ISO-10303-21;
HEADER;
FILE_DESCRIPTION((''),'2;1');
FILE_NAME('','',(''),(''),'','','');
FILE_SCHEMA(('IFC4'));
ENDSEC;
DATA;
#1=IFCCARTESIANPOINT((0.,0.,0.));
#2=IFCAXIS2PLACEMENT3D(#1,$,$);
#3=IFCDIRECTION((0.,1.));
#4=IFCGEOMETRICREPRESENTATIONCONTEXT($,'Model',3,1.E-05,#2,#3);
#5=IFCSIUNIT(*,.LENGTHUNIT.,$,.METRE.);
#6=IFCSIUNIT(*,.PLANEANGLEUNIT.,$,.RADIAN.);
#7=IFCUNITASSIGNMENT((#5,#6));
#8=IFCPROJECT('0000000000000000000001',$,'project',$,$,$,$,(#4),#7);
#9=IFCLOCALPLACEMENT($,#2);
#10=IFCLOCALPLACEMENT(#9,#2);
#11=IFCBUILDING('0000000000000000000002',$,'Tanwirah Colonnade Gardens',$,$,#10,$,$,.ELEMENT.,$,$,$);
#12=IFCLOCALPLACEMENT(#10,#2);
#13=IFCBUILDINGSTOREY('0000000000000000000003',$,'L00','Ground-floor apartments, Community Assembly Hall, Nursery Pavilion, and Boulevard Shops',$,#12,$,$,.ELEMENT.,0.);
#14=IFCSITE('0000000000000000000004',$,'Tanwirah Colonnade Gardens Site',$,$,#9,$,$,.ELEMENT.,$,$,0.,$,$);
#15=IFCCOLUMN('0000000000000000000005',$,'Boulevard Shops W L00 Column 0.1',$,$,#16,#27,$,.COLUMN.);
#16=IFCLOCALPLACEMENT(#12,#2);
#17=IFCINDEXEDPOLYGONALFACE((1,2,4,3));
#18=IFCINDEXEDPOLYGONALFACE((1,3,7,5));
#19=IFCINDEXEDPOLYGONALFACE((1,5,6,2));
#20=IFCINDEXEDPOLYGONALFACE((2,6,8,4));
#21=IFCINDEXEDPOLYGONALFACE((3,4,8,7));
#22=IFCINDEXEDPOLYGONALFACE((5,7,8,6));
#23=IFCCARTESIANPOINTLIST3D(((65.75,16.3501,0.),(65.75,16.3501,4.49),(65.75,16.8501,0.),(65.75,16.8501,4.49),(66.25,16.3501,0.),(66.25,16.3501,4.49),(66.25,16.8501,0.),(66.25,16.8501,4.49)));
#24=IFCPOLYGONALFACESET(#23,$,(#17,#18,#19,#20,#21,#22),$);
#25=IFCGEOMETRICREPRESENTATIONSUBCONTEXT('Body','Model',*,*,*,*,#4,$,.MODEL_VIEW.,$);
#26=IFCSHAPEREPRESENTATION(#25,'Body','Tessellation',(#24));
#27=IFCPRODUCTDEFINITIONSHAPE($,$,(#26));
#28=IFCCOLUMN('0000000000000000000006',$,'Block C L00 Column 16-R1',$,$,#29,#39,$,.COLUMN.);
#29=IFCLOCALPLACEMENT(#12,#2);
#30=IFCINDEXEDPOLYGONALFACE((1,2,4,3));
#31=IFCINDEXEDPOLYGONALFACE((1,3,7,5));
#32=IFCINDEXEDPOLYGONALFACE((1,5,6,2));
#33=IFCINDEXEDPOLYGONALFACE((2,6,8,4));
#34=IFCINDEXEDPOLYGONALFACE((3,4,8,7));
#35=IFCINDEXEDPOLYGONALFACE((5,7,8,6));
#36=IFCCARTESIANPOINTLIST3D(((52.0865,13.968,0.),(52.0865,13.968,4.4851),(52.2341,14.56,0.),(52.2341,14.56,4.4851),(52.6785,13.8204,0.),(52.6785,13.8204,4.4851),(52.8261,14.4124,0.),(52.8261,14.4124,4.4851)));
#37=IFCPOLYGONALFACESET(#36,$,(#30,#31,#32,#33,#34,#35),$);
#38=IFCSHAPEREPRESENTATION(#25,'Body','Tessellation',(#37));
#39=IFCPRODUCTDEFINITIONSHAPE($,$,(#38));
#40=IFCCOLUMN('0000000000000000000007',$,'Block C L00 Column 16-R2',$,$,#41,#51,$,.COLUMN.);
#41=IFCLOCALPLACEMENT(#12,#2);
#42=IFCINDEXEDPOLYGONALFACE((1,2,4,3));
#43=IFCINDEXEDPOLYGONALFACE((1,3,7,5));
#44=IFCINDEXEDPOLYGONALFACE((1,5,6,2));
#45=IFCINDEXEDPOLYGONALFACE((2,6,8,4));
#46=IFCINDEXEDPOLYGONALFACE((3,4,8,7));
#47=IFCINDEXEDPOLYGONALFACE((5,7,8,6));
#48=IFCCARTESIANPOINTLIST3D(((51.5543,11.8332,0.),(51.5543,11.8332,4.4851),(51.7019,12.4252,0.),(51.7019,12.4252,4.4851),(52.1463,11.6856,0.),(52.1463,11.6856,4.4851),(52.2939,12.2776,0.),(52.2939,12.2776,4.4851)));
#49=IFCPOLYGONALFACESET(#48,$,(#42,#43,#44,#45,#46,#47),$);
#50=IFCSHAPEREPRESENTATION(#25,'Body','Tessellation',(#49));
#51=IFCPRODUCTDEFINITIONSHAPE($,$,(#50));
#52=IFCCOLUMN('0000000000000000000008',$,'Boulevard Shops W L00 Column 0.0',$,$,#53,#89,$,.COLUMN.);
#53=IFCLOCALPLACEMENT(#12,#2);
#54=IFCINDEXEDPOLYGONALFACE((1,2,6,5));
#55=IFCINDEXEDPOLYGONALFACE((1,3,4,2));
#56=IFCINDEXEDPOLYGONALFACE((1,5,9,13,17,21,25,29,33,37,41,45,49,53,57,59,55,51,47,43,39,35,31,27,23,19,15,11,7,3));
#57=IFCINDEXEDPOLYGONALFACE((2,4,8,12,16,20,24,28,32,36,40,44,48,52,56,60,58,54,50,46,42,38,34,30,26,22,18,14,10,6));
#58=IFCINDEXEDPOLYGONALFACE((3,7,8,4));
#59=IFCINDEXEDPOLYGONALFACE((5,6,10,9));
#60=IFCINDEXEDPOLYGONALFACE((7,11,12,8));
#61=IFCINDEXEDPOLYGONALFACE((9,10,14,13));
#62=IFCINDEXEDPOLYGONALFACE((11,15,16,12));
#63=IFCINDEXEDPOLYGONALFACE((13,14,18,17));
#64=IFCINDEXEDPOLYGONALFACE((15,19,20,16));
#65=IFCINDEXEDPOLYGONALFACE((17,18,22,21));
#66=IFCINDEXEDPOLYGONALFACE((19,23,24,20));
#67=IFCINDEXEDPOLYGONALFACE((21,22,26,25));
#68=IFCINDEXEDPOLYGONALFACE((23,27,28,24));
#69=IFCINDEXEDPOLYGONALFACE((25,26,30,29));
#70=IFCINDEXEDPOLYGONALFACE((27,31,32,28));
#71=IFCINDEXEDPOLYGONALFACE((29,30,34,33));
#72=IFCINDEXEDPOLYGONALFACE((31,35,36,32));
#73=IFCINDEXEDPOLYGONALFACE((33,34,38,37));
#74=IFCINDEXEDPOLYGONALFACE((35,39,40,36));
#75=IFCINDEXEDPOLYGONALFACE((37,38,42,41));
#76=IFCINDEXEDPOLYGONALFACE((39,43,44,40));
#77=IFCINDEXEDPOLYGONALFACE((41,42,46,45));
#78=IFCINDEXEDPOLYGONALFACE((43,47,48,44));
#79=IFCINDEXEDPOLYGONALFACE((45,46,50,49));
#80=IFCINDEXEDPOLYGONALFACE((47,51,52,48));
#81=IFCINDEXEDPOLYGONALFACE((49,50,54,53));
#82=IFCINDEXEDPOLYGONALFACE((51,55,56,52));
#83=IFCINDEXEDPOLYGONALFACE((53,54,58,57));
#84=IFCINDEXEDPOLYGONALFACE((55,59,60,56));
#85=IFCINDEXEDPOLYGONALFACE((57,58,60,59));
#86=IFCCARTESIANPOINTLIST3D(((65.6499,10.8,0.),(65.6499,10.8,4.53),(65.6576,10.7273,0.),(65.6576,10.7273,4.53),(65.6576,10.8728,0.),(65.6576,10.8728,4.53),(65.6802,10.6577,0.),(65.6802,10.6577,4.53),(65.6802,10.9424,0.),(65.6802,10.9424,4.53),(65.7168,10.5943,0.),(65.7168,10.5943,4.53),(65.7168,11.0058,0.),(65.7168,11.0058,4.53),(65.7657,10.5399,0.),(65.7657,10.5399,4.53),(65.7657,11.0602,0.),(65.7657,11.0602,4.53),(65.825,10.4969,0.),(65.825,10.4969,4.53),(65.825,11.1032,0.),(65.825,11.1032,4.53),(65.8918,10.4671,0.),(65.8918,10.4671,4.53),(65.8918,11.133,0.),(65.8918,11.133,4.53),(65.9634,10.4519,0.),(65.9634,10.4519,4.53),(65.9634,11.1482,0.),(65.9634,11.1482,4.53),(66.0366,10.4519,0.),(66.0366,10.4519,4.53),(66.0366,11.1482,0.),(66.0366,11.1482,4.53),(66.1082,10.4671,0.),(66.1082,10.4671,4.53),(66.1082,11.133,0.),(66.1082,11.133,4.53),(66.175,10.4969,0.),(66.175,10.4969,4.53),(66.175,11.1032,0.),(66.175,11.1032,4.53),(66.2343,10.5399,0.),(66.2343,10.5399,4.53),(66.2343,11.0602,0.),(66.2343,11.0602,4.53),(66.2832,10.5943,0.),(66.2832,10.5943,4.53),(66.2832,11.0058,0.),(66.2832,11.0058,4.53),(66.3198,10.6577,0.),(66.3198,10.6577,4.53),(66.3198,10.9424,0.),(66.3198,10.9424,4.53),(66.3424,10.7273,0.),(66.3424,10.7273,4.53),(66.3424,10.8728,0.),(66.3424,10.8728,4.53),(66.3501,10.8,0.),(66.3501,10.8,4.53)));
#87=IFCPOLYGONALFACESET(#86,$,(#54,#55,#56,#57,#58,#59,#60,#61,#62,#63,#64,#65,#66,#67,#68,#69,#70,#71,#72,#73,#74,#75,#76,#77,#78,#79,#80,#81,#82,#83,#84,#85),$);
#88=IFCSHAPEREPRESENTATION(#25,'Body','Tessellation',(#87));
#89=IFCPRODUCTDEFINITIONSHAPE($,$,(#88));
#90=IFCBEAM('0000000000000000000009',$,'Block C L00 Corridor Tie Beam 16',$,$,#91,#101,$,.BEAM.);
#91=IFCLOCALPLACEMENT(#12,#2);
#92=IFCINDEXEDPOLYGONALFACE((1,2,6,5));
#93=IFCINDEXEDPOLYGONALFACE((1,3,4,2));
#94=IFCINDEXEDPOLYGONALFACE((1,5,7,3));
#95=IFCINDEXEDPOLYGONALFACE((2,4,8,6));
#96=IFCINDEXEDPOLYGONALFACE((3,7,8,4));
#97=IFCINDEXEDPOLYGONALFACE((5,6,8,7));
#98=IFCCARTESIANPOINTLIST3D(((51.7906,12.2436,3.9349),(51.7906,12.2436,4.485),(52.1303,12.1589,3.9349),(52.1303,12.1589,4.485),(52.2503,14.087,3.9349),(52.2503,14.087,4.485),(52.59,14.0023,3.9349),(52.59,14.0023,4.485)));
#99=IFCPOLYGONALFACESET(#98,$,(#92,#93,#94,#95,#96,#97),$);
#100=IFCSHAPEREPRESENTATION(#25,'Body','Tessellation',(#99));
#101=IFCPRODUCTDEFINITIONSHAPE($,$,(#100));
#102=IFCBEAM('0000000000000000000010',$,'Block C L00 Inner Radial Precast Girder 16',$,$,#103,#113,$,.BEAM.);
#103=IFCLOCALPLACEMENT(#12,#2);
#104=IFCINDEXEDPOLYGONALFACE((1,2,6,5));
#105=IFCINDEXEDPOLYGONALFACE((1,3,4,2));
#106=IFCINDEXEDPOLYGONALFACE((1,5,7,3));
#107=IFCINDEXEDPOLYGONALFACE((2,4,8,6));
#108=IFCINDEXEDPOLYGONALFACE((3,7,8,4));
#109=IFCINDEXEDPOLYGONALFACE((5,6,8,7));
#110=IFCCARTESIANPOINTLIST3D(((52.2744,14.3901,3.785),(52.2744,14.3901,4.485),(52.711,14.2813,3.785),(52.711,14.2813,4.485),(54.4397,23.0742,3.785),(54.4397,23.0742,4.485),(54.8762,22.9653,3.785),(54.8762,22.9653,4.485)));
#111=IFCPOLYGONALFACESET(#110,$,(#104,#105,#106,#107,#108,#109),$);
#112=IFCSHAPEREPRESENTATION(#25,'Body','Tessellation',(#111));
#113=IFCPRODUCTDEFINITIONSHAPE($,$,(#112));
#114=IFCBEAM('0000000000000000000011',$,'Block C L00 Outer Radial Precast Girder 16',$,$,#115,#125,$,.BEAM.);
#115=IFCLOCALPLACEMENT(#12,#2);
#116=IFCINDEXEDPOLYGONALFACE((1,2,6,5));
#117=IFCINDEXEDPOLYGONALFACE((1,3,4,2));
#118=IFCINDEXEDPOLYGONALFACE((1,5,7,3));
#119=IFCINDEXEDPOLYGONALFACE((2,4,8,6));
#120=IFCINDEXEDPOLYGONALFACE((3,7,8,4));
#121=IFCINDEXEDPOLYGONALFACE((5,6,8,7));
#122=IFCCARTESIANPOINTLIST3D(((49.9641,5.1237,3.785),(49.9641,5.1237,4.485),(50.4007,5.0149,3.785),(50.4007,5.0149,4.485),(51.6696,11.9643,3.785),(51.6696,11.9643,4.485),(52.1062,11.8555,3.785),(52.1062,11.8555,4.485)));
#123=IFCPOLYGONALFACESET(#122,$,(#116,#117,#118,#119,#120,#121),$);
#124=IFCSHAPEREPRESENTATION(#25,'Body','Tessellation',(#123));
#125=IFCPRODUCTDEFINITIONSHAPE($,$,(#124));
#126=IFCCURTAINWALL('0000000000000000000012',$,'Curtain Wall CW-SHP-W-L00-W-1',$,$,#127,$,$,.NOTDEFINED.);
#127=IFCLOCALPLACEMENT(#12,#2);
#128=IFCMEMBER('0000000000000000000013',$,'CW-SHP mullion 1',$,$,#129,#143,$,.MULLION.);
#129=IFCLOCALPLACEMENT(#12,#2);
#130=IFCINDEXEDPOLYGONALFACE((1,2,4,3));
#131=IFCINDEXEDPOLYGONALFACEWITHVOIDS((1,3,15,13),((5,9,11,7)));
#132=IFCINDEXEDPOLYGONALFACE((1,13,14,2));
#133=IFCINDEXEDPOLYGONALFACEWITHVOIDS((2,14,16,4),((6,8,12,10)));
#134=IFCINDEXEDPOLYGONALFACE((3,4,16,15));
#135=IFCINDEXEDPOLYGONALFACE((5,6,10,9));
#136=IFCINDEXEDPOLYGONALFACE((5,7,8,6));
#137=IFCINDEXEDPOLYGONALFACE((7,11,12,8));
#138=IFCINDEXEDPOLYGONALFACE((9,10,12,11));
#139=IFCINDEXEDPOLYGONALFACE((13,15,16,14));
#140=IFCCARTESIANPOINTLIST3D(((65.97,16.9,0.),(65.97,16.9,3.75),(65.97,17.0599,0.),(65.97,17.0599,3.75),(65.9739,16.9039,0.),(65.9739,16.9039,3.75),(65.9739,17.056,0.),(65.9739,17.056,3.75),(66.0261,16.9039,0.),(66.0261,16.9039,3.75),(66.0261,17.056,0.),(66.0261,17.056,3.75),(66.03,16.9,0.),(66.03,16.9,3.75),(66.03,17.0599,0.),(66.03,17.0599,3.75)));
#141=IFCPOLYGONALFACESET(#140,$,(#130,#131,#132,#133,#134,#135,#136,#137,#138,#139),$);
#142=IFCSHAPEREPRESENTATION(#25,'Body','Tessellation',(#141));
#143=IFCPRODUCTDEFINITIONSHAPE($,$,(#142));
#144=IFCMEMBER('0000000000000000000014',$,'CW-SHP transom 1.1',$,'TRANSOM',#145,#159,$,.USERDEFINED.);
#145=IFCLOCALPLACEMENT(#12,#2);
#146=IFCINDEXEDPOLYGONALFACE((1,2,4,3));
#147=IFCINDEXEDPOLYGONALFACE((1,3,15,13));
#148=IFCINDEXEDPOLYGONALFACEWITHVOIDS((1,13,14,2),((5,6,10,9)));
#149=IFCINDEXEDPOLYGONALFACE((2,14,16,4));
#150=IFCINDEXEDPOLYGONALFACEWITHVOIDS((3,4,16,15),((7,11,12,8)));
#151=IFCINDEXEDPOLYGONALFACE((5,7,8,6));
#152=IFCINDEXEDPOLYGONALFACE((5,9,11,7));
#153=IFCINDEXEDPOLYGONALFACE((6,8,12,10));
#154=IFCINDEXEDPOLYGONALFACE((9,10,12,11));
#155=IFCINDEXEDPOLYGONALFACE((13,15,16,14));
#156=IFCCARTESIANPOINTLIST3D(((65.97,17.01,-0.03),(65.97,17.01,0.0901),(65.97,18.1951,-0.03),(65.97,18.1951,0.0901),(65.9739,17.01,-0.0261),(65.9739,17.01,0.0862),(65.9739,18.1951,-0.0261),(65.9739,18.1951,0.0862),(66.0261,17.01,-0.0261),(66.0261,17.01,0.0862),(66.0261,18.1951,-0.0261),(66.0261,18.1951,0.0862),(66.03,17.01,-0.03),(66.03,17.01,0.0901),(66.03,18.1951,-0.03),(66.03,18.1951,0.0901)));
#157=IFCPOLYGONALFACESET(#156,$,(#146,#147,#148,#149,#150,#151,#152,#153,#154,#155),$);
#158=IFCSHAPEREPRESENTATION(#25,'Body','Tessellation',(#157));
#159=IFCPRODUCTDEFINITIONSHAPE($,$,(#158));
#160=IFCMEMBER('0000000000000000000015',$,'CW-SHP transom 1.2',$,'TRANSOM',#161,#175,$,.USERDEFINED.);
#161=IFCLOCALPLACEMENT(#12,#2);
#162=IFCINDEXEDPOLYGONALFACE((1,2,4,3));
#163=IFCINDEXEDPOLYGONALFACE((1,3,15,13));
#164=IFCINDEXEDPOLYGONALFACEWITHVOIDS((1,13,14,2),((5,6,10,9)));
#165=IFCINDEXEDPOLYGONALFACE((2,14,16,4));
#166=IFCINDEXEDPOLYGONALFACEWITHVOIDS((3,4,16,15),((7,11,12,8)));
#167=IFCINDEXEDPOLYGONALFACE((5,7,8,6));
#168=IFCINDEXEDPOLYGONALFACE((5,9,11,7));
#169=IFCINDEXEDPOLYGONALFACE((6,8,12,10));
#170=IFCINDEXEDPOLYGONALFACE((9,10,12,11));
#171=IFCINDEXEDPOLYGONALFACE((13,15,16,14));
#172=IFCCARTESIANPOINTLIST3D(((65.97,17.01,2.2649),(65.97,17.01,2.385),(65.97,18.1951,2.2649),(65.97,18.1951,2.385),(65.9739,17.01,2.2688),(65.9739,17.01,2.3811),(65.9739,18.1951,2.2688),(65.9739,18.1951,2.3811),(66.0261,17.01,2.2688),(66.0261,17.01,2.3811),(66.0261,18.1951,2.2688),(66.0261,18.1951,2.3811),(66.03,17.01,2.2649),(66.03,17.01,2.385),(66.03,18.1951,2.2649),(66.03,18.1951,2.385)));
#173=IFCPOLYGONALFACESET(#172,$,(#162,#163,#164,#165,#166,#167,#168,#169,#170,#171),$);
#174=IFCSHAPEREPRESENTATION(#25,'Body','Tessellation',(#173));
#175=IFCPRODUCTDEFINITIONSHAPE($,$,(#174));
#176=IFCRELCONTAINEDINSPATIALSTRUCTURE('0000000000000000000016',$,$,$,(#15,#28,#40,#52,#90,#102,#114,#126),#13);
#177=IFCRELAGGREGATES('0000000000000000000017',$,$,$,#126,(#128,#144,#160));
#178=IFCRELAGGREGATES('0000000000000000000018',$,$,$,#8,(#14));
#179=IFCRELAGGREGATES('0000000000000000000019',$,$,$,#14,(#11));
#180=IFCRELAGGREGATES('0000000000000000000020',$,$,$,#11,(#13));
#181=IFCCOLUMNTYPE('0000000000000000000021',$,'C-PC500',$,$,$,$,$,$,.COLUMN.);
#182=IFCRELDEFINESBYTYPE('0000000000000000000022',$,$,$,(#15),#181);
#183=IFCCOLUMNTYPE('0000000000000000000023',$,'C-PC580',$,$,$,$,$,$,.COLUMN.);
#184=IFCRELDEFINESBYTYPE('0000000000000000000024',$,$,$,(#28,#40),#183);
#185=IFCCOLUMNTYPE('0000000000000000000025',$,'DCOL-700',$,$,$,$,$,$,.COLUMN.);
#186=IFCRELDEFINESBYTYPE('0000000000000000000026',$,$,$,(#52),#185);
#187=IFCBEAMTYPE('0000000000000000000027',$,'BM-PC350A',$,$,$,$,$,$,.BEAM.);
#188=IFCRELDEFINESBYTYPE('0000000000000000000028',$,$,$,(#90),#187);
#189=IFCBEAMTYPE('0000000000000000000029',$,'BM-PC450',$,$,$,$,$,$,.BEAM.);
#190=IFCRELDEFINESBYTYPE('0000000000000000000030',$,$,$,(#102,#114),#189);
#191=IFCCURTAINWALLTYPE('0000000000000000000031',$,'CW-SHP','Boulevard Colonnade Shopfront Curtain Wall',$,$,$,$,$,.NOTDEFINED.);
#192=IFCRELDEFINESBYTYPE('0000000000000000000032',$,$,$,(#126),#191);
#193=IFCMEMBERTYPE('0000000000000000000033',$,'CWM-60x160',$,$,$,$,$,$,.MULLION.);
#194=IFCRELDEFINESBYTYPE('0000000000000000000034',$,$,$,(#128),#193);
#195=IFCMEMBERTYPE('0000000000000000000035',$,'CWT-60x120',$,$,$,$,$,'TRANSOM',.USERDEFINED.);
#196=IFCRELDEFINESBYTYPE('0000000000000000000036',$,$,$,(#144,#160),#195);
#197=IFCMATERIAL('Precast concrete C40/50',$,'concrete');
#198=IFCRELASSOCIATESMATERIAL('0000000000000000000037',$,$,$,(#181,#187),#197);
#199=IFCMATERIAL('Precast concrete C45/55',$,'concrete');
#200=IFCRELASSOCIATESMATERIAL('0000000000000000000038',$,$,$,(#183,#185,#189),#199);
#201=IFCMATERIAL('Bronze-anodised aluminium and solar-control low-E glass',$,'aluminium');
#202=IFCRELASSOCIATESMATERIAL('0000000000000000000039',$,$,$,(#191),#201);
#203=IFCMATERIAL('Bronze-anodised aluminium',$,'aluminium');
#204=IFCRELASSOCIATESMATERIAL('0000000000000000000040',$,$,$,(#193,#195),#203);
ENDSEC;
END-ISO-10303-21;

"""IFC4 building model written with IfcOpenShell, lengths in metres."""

from ifc_helpers import new_model, si_unit, direction, frame, origin, origin_2d, place, context, subcontext, project, spatial, rectangle, hollow_rectangle, circle, extrude, material, material_profile, profile_set, type_object, element, aggregate, save


model = new_model("IFC4")

# Units and contexts
model_context = context("Model", 3, precision=1e-05, world=origin(), true_north=direction((0.0, 1.0)))
body_context = subcontext(model_context, "Body", "Model", "MODEL_VIEW")
ifc_project = project(units=[si_unit("LENGTHUNIT", "METRE"), si_unit("PLANEANGLEUNIT", "RADIAN")], contexts=[model_context])

# Site, building, storey
site_placement = place(None, origin())
site = spatial("IfcSite", under=ifc_project, at=site_placement, Name="Tanwirah Colonnade Gardens Site", CompositionType="ELEMENT", RefElevation=0.0)
building_placement = place(site_placement, origin())
building = spatial("IfcBuilding", under=site, at=building_placement, Name="Tanwirah Colonnade Gardens", CompositionType="ELEMENT")
storey_placement = place(building_placement, origin())
storey = spatial("IfcBuildingStorey", under=building, at=storey_placement, Name="L00", Description="Ground-floor apartments, Community Assembly Hall, Nursery Pavilion, and Boulevard Shops", CompositionType="ELEMENT", Elevation=0.0)

# Columns
ifc_material_1 = material(Name="Precast concrete C40/50", Category="concrete")
ifc_material_profile_1 = material_profile(ifc_material_1, rectangle(XDim=0.5, YDim=0.5, at=origin_2d()), Name="PC-COL 500x500")
ifc_profile_set_1 = profile_set([ifc_material_profile_1], Name="Precast concrete C40/50")
column_type_1 = type_object("IfcColumnType", Name="C-PC500", PredefinedType="COLUMN", material=ifc_profile_set_1)
column_1_placement = place(storey_placement, frame((66.0, 16.6001, 0.0), z_axis=(0.0, 0.0, 1.0), x_axis=(1.0, 0.0, 0.0)))
element("IfcColumn", 1, at=column_1_placement, inside=storey, type_object=column_type_1, Name="Boulevard Shops W L00 Column 0.1", PredefinedType="COLUMN", context=body_context, shape_type="SweptSolid", body=[
    extrude(rectangle(XDim=0.5, YDim=0.5, at=origin_2d()), origin(), (0.0, 0.0, 1.0), 4.49),
])
ifc_material_2 = material(Name="Precast concrete C45/55", Category="concrete")
ifc_material_profile_2 = material_profile(ifc_material_2, rectangle(XDim=0.6101, YDim=0.6101, at=origin_2d()), Name="PC-COL 610x610")
ifc_profile_set_2 = profile_set([ifc_material_profile_2], Name="Precast concrete C45/55")
column_type_2 = type_object("IfcColumnType", Name="C-PC580", PredefinedType="COLUMN", material=ifc_profile_set_2)
for number, where, z_axis, x_axis, name in (
    (2, (52.4563, 14.1902, 0.0), (0.0, 0.0, 1.0), (-0.241922, -0.970296, 0.0), "Block C L00 Column 16-R1"),
    (3, (51.9241, 12.0554, 0.0), (0.0, 0.0, 1.0), (-0.241922, -0.970296, 0.0), "Block C L00 Column 16-R2"),
):
    element("IfcColumn", number, at=place(storey_placement, frame(where, z_axis=z_axis, x_axis=x_axis)), inside=storey, type_object=column_type_2, Name=name, PredefinedType="COLUMN", context=body_context, shape_type="SweptSolid", body=[
        extrude(rectangle(XDim=0.6101, YDim=0.6101, at=origin_2d()), origin(), (0.0, 0.0, 1.0), 4.4851),
    ])
ifc_material_profile_3 = material_profile(ifc_material_2, circle(Radius=0.3501, at=origin_2d()), Name="PC-DCOL D700")
ifc_profile_set_3 = profile_set([ifc_material_profile_3], Name="Precast concrete C45/55")
column_type_3 = type_object("IfcColumnType", Name="DCOL-700", PredefinedType="COLUMN", material=ifc_profile_set_3)
column_2_placement = place(storey_placement, frame((66.0, 10.8, 0.0), z_axis=(0.0, 0.0, 1.0), x_axis=(1.0, 0.0, 0.0)))
element("IfcColumn", 4, at=column_2_placement, inside=storey, type_object=column_type_3, Name="Boulevard Shops W L00 Column 0.0", PredefinedType="COLUMN", context=body_context, shape_type="SweptSolid", body=[
    extrude(circle(Radius=0.3501, at=origin_2d()), origin(), (0.0, 0.0, 1.0), 4.53),
])

# Beams
ifc_material_profile_4 = material_profile(ifc_material_1, rectangle(XDim=0.3501, YDim=0.55, at=origin_2d()), Name="PC-BM 350x550")
ifc_profile_set_4 = profile_set([ifc_material_profile_4], Name="Precast concrete C40/50")
beam_type_1 = type_object("IfcBeamType", Name="BM-PC350A", PredefinedType="BEAM", material=ifc_profile_set_4)
beam_1_placement = place(storey_placement, frame((52.4202, 14.0447, 4.21), z_axis=(-0.241961, -0.970286, 0.0), x_axis=(0.970286, -0.241961, 0.0)))
element("IfcBeam", 5, at=beam_1_placement, inside=storey, type_object=beam_type_1, Name="Block C L00 Corridor Tie Beam 16", PredefinedType="BEAM", context=body_context, shape_type="SweptSolid", body=[
    extrude(rectangle(XDim=0.3501, YDim=0.55, at=origin_2d()), origin(), (0.0, 0.0, 1.0), 1.8999),
])
ifc_material_profile_5 = material_profile(ifc_material_2, rectangle(XDim=0.45, YDim=0.7, at=origin_2d()), Name="PC-BM 450x700")
ifc_profile_set_5 = profile_set([ifc_material_profile_5], Name="Precast concrete C45/55")
beam_type_2 = type_object("IfcBeamType", Name="BM-PC450", PredefinedType="BEAM", material=ifc_profile_set_5)
beam_2_placement = place(storey_placement, frame((52.4927, 14.3357, 4.135), z_axis=(0.241932, 0.970293, 0.0), x_axis=(-0.970293, 0.241932, 0.0)))
element("IfcBeam", 6, at=beam_2_placement, inside=storey, type_object=beam_type_2, Name="Block C L00 Inner Radial Precast Girder 16", PredefinedType="BEAM", context=body_context, shape_type="SweptSolid", body=[
    extrude(rectangle(XDim=0.45, YDim=0.7, at=origin_2d()), origin(), (0.0, 0.0, 1.0), 8.95),
])
beam_3_placement = place(storey_placement, frame((51.8879, 11.9099, 4.135), z_axis=(-0.241924, -0.970295, 0.0), x_axis=(0.970295, -0.241924, 0.0)))
element("IfcBeam", 7, at=beam_3_placement, inside=storey, type_object=beam_type_2, Name="Block C L00 Outer Radial Precast Girder 16", PredefinedType="BEAM", context=body_context, shape_type="SweptSolid", body=[
    extrude(rectangle(XDim=0.45, YDim=0.7, at=origin_2d()), origin(), (0.0, 0.0, 1.0), 7.05),
])

# Curtain wall, members
ifc_material_3 = material(Name="Bronze-anodised aluminium and solar-control low-E glass", Category="aluminium")
curtain_wall_type = type_object("IfcCurtainWallType", Name="CW-SHP", Description="Boulevard Colonnade Shopfront Curtain Wall", PredefinedType="NOTDEFINED", material=ifc_material_3)
curtain_wall_placement = place(storey_placement, origin())
curtain_wall = element("IfcCurtainWall", 8, at=curtain_wall_placement, inside=storey, type_object=curtain_wall_type, Name="Curtain Wall CW-SHP-W-L00-W-1", PredefinedType="NOTDEFINED")
ifc_material_4 = material(Name="Bronze-anodised aluminium", Category="aluminium")
ifc_material_profile_6 = material_profile(ifc_material_4, hollow_rectangle(XDim=0.0601, YDim=0.1599, WallThickness=0.0039, at=origin_2d()), Name="CW-MUL 60x160x4")
ifc_profile_set_6 = profile_set([ifc_material_profile_6], Name="Bronze-anodised aluminium")
member_type_1 = type_object("IfcMemberType", Name="CWM-60x160", PredefinedType="MULLION", material=ifc_profile_set_6)
member_1_placement = place(storey_placement, frame((66.0, 16.98, 0.0), z_axis=(0.0, 0.0, 1.0), x_axis=(-1.0, 0.0, 0.0)))
member_1 = element("IfcMember", 9, at=member_1_placement, type_object=member_type_1, Name="CW-SHP mullion 1", PredefinedType="MULLION", context=body_context, shape_type="SweptSolid", body=[
    extrude(hollow_rectangle(XDim=0.0601, YDim=0.1599, WallThickness=0.0039, at=origin_2d()), origin(), (0.0, 0.0, 1.0), 3.75),
])
ifc_material_profile_7 = material_profile(ifc_material_4, hollow_rectangle(XDim=0.0601, YDim=0.1201, WallThickness=0.0039, at=origin_2d()), Name="CW-TRN 60x120x4")
ifc_profile_set_7 = profile_set([ifc_material_profile_7], Name="Bronze-anodised aluminium")
member_type_2 = type_object("IfcMemberType", Name="CWT-60x120", ElementType="TRANSOM", PredefinedType="USERDEFINED", material=ifc_profile_set_7)
member_2_placement = place(storey_placement, frame((66.0, 17.01, 0.03), z_axis=(0.0, 1.0, 0.0), x_axis=(-1.0, 0.0, 0.0)))
member_2 = element("IfcMember", 10, at=member_2_placement, type_object=member_type_2, Name="CW-SHP transom 1.1", ObjectType="TRANSOM", PredefinedType="USERDEFINED", context=body_context, shape_type="SweptSolid", body=[
    extrude(hollow_rectangle(XDim=0.0601, YDim=0.1201, WallThickness=0.0039, at=origin_2d()), origin(), (0.0, 0.0, 1.0), 1.1851),
])
member_3_placement = place(storey_placement, frame((66.0, 17.01, 2.325), z_axis=(0.0, 1.0, 0.0), x_axis=(-1.0, 0.0, 0.0)))
member_3 = element("IfcMember", 11, at=member_3_placement, type_object=member_type_2, Name="CW-SHP transom 1.2", ObjectType="TRANSOM", PredefinedType="USERDEFINED", context=body_context, shape_type="SweptSolid", body=[
    extrude(hollow_rectangle(XDim=0.0601, YDim=0.1201, WallThickness=0.0039, at=origin_2d()), origin(), (0.0, 0.0, 1.0), 1.1851),
])
aggregate(curtain_wall, [member_1, member_2, member_3])

save(model, "model.ifc")
